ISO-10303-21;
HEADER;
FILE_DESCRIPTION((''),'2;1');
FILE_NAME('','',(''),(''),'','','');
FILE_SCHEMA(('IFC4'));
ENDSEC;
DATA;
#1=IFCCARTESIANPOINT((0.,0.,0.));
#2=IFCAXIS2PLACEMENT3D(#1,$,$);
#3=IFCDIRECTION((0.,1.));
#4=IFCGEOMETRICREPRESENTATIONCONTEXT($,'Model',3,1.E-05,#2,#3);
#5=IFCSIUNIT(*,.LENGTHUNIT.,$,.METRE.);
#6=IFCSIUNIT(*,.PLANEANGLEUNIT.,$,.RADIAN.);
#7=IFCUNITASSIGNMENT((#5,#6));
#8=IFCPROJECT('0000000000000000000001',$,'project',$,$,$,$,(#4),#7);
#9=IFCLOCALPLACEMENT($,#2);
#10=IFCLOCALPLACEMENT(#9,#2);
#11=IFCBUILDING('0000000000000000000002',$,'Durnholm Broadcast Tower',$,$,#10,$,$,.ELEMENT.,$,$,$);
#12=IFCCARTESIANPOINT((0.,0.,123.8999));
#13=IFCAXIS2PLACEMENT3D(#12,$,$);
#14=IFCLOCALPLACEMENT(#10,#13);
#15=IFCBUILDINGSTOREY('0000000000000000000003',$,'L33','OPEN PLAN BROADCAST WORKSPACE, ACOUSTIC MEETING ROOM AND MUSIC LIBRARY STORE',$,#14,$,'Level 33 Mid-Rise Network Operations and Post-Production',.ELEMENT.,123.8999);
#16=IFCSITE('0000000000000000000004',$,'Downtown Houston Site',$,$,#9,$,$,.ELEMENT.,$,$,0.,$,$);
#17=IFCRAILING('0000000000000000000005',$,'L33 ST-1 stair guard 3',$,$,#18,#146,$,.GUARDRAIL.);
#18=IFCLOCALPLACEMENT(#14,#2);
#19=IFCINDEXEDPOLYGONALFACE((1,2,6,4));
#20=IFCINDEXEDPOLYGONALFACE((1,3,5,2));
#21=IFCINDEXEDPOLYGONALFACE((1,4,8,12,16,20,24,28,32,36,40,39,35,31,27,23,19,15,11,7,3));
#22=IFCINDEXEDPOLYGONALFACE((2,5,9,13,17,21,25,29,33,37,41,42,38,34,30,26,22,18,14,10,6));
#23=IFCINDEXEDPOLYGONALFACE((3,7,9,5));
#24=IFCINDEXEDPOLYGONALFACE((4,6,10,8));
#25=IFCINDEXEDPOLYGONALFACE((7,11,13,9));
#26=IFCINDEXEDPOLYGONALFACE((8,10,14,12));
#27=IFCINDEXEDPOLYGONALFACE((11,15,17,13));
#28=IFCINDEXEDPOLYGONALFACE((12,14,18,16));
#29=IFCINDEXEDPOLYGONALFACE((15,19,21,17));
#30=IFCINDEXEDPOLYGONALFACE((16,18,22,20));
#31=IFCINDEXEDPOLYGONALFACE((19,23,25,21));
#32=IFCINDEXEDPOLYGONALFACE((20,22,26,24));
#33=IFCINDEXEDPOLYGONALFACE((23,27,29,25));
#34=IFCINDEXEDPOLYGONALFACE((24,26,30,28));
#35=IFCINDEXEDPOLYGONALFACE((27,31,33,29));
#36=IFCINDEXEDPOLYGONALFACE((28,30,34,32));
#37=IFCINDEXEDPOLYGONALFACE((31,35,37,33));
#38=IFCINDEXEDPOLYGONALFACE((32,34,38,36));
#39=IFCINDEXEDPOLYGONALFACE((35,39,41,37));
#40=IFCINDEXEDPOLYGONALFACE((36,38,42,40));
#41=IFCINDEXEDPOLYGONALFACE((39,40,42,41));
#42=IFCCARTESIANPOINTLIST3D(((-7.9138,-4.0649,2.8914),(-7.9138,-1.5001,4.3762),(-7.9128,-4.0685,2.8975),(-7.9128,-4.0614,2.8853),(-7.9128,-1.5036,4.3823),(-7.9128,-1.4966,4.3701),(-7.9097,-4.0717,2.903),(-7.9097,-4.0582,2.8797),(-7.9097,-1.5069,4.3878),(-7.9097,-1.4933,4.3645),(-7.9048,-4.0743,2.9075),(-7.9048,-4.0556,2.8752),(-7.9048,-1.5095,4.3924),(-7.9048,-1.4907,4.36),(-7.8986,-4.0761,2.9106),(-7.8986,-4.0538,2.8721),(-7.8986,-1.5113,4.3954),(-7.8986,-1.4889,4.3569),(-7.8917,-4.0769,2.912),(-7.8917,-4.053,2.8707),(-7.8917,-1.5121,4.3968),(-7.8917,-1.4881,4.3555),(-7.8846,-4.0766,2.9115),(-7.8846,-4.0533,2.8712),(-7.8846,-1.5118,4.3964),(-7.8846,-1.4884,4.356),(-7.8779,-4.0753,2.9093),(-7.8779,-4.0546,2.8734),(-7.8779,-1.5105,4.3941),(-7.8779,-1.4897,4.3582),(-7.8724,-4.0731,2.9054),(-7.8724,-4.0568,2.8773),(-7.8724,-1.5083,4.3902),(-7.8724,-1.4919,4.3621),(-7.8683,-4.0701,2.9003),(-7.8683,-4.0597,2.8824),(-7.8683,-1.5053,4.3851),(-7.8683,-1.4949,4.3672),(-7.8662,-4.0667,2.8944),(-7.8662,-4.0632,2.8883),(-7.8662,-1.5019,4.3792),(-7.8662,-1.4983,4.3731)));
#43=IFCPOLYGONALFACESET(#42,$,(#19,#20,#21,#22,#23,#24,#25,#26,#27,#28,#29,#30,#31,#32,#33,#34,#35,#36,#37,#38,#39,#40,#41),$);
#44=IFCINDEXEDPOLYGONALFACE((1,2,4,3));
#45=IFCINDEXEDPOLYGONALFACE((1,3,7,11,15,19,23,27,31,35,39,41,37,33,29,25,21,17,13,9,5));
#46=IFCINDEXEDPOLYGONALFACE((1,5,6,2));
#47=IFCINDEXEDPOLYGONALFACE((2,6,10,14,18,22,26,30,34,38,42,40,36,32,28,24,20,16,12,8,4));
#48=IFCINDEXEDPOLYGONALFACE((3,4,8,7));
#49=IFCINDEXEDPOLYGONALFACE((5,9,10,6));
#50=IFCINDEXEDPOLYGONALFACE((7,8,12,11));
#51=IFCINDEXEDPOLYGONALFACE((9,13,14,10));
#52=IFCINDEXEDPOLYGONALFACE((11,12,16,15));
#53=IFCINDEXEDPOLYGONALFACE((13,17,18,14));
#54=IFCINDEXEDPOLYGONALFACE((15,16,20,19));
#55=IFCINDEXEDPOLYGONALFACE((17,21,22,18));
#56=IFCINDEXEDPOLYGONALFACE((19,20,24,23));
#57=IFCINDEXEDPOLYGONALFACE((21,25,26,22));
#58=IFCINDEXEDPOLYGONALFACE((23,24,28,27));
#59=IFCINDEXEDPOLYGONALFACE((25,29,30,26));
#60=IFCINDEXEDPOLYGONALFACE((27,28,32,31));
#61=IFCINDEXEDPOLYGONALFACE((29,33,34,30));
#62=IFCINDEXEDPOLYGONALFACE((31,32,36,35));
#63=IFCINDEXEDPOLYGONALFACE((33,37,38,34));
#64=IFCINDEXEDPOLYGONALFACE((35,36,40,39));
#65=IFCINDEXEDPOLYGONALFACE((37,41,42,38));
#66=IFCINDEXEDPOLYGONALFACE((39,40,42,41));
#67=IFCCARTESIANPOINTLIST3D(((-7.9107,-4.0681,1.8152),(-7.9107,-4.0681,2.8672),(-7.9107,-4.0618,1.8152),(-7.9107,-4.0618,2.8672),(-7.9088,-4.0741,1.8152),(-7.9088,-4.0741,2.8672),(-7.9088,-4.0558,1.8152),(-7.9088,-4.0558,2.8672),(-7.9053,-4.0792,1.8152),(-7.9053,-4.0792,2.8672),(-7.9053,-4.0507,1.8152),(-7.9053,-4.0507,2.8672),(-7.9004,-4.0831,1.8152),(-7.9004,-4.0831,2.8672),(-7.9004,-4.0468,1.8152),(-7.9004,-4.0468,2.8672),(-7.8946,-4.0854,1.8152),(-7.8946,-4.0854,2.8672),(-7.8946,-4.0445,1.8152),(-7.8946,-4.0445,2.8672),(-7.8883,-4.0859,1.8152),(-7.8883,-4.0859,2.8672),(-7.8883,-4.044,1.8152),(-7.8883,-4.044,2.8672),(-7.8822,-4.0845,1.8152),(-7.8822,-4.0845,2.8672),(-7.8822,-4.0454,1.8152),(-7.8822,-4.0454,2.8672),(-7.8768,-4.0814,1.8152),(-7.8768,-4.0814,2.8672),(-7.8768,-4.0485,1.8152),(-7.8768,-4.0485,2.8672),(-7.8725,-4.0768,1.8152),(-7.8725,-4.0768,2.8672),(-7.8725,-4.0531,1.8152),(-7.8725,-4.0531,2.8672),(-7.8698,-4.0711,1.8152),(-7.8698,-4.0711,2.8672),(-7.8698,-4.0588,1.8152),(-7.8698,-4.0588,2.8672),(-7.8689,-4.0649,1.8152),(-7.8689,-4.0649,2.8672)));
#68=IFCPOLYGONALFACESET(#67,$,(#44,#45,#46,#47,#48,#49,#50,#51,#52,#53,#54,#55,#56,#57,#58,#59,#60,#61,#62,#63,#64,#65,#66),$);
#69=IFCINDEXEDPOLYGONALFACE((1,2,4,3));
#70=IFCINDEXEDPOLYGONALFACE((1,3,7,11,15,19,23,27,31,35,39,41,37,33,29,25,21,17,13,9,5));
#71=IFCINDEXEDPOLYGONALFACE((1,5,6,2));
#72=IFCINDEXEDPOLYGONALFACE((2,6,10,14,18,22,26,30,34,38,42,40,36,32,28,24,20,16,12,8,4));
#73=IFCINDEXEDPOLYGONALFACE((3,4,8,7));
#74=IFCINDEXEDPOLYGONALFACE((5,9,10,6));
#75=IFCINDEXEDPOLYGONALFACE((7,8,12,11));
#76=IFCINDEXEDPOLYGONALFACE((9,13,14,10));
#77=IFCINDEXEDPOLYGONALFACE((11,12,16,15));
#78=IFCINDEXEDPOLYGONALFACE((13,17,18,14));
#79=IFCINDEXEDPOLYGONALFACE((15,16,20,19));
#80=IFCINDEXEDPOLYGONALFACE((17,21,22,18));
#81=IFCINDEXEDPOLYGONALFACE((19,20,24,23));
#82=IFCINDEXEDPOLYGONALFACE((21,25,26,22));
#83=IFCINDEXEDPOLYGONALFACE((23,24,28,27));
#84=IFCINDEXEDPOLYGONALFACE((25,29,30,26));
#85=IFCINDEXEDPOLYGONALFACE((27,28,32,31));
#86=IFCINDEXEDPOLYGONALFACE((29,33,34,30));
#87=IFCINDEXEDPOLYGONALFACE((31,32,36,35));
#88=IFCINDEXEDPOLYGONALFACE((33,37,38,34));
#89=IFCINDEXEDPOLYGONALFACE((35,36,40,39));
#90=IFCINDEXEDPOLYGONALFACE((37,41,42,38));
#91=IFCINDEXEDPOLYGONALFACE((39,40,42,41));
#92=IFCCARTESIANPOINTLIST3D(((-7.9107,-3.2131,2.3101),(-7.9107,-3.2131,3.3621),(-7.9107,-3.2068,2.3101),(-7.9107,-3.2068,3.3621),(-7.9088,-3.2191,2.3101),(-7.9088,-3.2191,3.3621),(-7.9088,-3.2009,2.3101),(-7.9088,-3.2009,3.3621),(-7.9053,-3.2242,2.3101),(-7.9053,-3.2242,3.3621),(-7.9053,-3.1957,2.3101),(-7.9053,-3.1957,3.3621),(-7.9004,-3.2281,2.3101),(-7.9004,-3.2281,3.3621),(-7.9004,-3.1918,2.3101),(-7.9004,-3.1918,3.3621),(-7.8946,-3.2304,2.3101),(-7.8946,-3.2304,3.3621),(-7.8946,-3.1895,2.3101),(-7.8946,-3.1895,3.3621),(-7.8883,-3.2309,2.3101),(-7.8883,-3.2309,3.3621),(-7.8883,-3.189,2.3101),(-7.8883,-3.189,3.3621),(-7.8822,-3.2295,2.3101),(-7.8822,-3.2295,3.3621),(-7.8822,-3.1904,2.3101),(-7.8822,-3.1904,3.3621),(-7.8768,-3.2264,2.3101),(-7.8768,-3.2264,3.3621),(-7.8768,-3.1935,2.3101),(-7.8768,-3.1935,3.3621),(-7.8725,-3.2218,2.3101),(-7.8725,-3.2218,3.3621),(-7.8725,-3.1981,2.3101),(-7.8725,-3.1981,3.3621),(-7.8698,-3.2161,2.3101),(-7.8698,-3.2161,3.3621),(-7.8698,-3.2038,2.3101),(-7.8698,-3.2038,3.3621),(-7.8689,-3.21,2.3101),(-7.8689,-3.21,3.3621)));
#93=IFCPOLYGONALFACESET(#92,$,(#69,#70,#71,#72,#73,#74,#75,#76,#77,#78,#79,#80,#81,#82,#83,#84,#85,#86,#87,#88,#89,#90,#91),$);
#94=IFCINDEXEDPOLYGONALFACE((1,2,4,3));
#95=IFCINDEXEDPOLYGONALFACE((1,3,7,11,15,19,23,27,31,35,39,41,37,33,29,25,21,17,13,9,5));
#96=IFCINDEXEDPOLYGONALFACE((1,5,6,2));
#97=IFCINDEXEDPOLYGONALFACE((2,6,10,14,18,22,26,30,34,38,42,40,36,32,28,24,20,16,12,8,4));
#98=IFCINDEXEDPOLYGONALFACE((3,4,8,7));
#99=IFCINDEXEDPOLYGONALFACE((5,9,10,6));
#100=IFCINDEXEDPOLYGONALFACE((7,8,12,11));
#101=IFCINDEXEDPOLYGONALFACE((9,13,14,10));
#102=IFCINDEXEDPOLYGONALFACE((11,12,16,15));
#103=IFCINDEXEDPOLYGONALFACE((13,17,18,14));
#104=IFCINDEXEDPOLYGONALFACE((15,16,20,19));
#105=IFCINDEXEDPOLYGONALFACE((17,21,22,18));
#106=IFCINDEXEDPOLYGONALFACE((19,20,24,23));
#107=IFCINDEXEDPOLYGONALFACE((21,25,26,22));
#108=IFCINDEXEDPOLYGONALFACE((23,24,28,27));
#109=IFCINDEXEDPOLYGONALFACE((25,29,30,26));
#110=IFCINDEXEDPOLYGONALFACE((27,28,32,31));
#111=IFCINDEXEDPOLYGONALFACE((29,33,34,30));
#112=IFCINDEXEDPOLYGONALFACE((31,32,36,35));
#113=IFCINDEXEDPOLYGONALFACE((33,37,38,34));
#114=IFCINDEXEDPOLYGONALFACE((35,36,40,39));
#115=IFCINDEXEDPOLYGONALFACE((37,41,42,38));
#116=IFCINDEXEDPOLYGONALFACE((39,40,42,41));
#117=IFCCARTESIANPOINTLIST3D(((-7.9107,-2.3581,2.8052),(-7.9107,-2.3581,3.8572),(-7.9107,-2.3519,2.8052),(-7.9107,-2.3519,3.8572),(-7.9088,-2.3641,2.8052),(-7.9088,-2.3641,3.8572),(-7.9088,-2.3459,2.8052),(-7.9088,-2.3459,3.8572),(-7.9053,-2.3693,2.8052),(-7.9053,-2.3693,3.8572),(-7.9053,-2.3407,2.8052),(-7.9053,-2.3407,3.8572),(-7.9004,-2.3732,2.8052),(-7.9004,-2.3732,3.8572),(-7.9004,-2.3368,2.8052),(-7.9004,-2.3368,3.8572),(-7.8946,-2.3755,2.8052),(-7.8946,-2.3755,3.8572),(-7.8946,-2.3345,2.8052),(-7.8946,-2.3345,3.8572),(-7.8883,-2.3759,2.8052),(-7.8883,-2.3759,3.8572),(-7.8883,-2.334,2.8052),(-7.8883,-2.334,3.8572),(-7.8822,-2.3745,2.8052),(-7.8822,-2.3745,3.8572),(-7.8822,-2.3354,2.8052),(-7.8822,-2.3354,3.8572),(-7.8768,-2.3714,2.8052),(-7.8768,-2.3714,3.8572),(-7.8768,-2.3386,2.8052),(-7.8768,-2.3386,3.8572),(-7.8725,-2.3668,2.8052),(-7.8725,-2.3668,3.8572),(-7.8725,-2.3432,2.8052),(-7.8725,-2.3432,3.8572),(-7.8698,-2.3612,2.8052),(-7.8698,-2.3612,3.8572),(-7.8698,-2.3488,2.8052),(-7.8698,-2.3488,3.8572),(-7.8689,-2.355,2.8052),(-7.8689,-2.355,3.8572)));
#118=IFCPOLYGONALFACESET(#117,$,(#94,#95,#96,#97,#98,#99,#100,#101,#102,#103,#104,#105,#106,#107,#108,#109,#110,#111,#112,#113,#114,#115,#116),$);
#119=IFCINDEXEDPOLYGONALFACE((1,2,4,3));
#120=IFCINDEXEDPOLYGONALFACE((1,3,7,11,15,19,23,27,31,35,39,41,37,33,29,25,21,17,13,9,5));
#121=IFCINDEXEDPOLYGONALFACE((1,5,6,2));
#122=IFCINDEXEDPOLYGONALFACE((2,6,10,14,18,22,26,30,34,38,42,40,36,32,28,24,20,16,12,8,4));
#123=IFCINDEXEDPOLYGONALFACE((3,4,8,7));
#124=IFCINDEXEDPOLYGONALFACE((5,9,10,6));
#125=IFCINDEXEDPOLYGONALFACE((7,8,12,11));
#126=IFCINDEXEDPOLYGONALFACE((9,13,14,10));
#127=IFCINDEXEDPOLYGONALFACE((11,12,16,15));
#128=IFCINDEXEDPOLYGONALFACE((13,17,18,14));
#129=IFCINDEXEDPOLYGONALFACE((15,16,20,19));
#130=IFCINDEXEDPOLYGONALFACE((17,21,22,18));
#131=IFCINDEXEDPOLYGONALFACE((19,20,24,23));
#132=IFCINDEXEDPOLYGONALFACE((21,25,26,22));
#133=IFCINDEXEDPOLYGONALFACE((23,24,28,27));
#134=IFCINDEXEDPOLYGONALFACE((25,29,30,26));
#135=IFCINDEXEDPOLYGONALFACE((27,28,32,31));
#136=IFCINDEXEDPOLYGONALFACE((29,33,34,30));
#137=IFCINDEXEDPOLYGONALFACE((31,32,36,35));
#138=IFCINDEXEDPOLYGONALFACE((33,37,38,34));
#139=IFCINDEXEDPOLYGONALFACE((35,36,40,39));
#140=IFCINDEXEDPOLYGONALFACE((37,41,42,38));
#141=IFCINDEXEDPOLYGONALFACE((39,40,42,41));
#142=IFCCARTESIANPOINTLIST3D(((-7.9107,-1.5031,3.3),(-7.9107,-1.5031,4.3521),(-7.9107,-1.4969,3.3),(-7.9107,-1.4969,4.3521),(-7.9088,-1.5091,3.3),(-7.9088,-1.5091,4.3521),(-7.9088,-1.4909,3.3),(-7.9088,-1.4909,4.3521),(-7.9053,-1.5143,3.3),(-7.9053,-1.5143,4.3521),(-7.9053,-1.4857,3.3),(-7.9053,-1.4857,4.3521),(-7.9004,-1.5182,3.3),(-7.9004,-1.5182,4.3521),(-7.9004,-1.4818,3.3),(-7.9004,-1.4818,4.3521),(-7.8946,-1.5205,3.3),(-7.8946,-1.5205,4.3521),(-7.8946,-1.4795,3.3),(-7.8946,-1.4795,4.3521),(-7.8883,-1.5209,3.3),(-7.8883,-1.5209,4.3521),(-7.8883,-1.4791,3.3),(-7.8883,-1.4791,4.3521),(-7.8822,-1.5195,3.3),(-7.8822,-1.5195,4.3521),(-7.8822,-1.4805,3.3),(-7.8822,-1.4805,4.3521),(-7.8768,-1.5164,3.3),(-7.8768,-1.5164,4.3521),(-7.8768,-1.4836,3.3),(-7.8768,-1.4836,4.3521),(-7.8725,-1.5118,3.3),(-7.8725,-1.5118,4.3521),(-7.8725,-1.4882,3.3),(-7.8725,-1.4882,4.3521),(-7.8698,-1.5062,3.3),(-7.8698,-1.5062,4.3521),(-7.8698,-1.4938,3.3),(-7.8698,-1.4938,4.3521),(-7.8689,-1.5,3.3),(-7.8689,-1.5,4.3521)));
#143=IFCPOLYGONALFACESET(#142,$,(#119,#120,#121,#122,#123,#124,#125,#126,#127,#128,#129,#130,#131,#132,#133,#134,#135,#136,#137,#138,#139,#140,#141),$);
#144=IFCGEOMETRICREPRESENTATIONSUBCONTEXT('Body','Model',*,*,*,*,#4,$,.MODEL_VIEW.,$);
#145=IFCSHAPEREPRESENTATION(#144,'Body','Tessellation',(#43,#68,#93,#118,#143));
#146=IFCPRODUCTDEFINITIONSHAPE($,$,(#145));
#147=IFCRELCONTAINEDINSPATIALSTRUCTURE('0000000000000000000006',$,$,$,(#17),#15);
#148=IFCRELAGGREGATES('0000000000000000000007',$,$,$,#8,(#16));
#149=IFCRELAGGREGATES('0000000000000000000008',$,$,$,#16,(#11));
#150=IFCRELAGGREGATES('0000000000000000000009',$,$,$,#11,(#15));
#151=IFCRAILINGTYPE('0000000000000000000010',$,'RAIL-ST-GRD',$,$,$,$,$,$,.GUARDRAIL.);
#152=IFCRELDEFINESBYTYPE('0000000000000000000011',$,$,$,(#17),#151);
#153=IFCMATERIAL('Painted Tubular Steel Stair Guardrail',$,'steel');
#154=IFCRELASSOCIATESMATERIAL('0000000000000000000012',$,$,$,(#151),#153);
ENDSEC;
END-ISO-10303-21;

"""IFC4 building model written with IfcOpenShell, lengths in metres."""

from ifc_helpers import new_model, si_unit, direction, frame, origin, origin_2d, place, context, subcontext, project, spatial, circle, extrude, material, type_object, element, save


model = new_model("IFC4")

# Units and contexts
model_context = context("Model", 3, precision=1e-05, world=origin(), true_north=direction((0.0, 1.0)))
body_context = subcontext(model_context, "Body", "Model", "MODEL_VIEW")
ifc_project = project(units=[si_unit("LENGTHUNIT", "METRE"), si_unit("PLANEANGLEUNIT", "RADIAN")], contexts=[model_context])

# Site, building, storey
site_placement = place(None, origin())
site = spatial("IfcSite", under=ifc_project, at=site_placement, Name="Downtown Houston Site", CompositionType="ELEMENT", RefElevation=0.0)
building_placement = place(site_placement, origin())
building = spatial("IfcBuilding", under=site, at=building_placement, Name="Durnholm Broadcast Tower", CompositionType="ELEMENT")
storey_placement = place(building_placement, frame((0.0, 0.0, 123.8999)))
storey = spatial("IfcBuildingStorey", under=building, at=storey_placement, Name="L33", Description="OPEN PLAN BROADCAST WORKSPACE, ACOUSTIC MEETING ROOM AND MUSIC LIBRARY STORE", LongName="Level 33 Mid-Rise Network Operations and Post-Production", CompositionType="ELEMENT", Elevation=123.8999)

# Railing
ifc_material_1 = material(Name="Painted Tubular Steel Stair Guardrail", Category="steel")
railing_type_1 = type_object("IfcRailingType", Name="RAIL-ST-GRD", PredefinedType="GUARDRAIL", material=ifc_material_1)
railing_1_placement = place(storey_placement, frame((-7.8899, -4.0649, 1.8152)))
element("IfcRailing", 1, at=railing_1_placement, inside=storey, type_object=railing_type_1, Name="L33 ST-1 stair guard 3", PredefinedType="GUARDRAIL", context=body_context, shape_type="SweptSolid", body=[
    extrude(circle(Radius=0.0239, at=origin_2d()), frame((0.0, 0.0, 1.0762), z_axis=(0.0, 0.865441, 0.50101), x_axis=(-1.0, 0.0, 0.0)), (0.0, 0.0, 1.0), 2.9636),
    extrude(circle(Radius=0.021, at=origin_2d()), origin(), (0.0, 0.0, 1.0), 1.052),
    extrude(circle(Radius=0.021, at=origin_2d()), frame((0.0, 0.855, 0.4949)), (0.0, 0.0, 1.0), 1.052),
    extrude(circle(Radius=0.021, at=origin_2d()), frame((0.0, 1.71, 0.99)), (0.0, 0.0, 1.0), 1.052),
    extrude(circle(Radius=0.021, at=origin_2d()), frame((0.0, 2.5649, 1.4849)), (0.0, 0.0, 1.0), 1.052),
])

save(model, "model.ifc")
